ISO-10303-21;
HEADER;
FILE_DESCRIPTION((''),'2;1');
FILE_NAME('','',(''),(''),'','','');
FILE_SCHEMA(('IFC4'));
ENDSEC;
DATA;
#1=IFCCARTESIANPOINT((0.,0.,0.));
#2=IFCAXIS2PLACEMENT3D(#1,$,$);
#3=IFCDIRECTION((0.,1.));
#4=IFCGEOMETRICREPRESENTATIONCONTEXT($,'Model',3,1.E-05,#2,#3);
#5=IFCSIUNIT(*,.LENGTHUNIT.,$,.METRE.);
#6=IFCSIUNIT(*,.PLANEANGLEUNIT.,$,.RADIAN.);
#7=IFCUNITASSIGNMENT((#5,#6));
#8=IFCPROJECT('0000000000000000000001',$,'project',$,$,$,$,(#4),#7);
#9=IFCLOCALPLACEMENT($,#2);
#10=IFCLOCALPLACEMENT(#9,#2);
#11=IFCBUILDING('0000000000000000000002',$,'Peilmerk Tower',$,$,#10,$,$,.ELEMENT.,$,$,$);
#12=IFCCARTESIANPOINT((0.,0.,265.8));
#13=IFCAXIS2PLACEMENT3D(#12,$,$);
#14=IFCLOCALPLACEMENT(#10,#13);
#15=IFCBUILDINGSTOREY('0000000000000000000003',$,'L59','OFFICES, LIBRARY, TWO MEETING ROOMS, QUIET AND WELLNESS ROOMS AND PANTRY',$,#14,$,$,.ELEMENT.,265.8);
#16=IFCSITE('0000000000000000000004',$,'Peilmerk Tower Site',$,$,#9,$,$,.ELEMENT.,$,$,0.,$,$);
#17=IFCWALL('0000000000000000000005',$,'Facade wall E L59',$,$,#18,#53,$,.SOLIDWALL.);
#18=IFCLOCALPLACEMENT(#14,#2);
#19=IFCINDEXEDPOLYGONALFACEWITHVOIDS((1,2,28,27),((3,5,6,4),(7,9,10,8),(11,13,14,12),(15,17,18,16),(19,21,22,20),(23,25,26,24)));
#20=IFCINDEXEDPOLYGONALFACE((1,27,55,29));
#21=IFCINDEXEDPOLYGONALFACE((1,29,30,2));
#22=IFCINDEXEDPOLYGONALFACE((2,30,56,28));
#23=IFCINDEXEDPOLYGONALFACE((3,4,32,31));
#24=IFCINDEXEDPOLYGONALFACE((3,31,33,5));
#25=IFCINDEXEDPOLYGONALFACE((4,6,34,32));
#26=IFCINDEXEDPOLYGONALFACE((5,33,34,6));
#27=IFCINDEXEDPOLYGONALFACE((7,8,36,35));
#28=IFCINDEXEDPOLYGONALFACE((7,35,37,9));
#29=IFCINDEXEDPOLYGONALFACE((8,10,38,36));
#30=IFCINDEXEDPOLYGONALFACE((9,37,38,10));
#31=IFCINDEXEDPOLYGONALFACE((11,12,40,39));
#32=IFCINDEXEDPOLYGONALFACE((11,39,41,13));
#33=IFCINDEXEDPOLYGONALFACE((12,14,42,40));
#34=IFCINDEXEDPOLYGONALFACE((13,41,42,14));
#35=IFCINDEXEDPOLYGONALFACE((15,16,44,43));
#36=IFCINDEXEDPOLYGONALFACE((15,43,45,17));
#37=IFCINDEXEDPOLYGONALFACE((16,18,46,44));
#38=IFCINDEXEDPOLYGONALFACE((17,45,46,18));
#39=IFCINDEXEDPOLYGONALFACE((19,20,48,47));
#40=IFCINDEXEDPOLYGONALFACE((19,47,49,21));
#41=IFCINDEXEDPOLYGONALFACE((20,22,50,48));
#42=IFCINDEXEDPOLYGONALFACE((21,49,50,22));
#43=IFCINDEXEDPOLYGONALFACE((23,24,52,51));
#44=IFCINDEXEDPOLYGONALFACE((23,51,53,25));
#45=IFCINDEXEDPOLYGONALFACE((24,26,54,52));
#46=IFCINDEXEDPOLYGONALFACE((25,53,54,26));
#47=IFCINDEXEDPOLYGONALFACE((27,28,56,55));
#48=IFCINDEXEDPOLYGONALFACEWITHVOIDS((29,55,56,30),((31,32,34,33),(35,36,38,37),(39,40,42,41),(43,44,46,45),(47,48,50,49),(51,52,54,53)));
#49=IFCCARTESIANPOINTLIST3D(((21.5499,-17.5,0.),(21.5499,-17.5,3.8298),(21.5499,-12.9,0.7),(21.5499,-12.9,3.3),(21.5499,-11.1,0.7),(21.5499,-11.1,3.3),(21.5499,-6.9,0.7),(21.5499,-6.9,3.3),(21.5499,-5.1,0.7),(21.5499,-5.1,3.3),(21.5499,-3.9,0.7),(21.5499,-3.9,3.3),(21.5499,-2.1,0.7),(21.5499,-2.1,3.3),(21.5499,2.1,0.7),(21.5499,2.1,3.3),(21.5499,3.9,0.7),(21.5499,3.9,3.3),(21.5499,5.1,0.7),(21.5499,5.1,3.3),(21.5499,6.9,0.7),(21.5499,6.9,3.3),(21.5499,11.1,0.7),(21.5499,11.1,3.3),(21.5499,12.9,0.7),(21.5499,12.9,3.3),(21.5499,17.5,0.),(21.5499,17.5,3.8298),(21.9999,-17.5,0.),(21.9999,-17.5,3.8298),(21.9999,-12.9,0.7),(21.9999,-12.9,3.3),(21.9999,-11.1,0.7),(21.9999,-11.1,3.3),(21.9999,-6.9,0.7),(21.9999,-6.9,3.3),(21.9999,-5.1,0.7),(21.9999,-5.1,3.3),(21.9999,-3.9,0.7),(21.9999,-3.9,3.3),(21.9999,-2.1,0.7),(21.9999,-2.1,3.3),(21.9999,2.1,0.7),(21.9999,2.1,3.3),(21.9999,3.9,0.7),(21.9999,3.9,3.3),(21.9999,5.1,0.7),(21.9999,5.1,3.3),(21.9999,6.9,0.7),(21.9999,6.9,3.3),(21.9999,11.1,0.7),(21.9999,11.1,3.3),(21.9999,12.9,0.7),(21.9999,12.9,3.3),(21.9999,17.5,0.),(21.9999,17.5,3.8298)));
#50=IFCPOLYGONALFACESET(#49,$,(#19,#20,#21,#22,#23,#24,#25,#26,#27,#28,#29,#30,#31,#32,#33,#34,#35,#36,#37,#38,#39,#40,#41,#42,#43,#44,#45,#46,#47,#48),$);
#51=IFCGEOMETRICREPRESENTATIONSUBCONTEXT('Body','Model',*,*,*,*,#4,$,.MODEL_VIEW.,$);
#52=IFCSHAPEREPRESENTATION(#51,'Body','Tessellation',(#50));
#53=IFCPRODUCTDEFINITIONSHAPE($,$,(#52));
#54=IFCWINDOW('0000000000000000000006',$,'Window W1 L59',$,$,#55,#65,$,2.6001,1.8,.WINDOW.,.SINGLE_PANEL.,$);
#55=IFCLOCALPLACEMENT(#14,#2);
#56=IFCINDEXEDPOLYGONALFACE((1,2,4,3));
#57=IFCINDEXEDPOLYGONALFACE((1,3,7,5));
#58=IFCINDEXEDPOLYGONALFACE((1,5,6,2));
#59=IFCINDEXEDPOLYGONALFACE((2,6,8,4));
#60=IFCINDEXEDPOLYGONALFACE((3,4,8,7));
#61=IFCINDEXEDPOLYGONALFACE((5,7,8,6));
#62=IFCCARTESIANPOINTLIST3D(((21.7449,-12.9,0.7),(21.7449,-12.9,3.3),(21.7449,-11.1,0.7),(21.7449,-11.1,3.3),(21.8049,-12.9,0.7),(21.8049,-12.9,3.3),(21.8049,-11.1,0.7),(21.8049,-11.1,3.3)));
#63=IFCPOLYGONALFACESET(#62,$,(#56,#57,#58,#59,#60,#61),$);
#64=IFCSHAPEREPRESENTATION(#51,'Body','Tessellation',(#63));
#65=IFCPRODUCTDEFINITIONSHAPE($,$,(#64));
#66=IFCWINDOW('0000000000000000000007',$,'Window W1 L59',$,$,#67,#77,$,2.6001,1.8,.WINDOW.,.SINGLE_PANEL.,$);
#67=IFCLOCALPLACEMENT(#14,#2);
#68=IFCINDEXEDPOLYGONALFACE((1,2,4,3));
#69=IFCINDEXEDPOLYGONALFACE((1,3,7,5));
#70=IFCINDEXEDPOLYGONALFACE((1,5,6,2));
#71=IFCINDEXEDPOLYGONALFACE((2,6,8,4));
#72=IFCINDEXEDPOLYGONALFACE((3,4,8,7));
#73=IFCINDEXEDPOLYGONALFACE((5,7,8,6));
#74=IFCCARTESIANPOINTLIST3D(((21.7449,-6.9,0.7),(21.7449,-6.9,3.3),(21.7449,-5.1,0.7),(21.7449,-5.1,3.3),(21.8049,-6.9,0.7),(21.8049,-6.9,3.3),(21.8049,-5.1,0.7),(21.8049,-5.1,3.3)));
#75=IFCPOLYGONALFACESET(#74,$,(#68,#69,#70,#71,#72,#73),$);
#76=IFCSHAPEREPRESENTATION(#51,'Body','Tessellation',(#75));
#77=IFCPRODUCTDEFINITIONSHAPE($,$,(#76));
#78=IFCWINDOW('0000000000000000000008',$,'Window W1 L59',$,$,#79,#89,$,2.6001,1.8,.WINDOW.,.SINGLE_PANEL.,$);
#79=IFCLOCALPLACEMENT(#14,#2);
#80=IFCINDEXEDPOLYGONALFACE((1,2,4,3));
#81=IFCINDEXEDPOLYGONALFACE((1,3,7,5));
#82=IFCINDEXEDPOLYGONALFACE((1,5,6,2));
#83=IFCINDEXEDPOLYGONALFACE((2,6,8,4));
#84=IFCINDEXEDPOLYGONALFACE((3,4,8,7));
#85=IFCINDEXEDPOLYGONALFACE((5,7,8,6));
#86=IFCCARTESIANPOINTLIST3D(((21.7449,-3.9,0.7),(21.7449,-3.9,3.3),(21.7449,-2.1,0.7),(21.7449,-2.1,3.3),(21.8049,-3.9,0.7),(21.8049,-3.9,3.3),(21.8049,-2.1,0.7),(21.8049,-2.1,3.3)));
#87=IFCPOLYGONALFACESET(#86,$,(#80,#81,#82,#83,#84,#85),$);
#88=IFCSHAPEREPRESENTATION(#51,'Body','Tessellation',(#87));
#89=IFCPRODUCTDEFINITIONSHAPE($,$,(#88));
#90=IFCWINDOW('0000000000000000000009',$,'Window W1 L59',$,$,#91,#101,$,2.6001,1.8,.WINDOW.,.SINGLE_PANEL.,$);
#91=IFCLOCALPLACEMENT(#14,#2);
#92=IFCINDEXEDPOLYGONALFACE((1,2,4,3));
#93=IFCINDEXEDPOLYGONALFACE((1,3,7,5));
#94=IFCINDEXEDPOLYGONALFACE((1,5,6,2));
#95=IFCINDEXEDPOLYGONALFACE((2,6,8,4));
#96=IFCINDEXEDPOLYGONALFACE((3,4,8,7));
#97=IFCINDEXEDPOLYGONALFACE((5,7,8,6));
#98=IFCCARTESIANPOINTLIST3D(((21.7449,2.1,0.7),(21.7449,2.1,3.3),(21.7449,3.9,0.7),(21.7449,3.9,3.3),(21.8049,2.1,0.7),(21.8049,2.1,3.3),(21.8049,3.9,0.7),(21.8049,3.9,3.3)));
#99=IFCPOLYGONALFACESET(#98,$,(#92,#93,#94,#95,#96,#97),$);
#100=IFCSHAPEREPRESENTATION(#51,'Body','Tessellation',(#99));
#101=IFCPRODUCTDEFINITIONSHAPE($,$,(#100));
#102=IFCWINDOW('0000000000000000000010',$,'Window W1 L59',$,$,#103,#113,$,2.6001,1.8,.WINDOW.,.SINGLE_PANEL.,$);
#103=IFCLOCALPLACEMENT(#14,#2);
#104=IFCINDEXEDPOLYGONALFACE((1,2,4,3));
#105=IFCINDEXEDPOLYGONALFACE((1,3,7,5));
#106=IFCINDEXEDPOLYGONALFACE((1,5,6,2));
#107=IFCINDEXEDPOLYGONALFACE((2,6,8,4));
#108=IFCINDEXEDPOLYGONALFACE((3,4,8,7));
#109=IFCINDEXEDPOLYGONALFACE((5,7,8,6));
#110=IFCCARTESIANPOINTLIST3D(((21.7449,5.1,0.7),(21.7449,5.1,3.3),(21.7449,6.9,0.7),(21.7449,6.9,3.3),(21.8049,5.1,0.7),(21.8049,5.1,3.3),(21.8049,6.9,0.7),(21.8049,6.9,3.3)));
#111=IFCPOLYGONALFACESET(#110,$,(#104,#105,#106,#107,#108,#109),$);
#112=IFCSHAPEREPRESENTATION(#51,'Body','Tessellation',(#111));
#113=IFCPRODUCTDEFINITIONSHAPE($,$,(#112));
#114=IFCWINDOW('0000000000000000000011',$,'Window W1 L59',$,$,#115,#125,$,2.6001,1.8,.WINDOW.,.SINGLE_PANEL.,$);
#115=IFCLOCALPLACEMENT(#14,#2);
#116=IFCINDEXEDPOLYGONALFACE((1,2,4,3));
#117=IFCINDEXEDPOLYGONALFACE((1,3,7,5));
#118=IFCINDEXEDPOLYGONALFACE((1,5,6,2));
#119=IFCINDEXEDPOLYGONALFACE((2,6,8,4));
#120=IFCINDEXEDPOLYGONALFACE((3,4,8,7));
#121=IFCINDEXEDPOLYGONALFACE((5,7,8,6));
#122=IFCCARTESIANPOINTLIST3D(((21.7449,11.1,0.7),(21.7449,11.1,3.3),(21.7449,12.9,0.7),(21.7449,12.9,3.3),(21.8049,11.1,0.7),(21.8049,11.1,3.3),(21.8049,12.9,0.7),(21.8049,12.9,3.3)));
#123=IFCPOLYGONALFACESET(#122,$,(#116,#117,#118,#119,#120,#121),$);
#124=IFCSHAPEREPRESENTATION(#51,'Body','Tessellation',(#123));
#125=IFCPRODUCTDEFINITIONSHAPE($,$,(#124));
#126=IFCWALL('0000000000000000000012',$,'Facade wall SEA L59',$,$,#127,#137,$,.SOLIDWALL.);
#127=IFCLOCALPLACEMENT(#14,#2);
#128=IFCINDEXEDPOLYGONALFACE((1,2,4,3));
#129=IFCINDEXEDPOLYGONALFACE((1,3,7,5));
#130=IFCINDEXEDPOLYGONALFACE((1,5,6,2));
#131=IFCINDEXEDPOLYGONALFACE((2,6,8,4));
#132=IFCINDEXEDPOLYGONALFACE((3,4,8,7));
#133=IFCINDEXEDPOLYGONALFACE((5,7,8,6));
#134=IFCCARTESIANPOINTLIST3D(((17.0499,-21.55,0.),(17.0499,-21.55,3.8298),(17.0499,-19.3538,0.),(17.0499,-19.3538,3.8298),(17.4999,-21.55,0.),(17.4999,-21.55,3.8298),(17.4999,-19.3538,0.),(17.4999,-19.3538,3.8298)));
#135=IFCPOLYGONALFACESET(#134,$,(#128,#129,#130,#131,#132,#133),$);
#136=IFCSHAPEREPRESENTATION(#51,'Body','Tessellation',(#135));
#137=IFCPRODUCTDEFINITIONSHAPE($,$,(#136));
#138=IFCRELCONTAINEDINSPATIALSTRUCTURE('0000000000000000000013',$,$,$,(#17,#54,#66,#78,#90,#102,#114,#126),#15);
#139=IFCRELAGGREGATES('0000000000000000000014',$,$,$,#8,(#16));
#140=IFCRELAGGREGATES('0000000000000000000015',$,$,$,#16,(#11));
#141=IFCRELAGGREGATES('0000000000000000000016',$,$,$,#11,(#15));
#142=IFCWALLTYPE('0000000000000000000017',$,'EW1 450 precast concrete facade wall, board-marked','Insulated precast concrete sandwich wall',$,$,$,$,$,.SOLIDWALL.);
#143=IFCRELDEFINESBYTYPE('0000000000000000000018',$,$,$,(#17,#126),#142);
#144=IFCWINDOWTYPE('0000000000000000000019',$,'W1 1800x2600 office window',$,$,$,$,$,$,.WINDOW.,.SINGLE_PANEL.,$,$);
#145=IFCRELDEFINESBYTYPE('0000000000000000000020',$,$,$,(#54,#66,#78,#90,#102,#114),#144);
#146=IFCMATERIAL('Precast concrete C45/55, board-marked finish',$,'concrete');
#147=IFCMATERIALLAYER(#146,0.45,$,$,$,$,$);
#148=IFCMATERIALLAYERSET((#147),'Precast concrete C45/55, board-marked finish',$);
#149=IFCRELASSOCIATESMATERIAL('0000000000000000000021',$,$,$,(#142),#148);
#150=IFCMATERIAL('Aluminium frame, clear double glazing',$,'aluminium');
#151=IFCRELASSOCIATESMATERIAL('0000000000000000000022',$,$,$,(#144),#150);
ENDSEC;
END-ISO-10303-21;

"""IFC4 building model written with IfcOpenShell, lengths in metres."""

from ifc_helpers import new_model, si_unit, direction, frame, frame_2d, origin, place, context, subcontext, project, spatial, rectangle, extrude, material, layer, layer_set, type_object, element, fill, save


model = new_model("IFC4")

# Units and contexts
model_context = context("Model", 3, precision=1e-05, world=origin(), true_north=direction((0.0, 1.0)))
body_context = subcontext(model_context, "Body", "Model", "MODEL_VIEW")
ifc_project = project(units=[si_unit("LENGTHUNIT", "METRE"), si_unit("PLANEANGLEUNIT", "RADIAN")], contexts=[model_context])

# Site, building, storey
site_placement = place(None, origin())
site = spatial("IfcSite", under=ifc_project, at=site_placement, Name="Peilmerk Tower Site", CompositionType="ELEMENT", RefElevation=0.0)
building_placement = place(site_placement, origin())
building = spatial("IfcBuilding", under=site, at=building_placement, Name="Peilmerk Tower", CompositionType="ELEMENT")
storey_placement = place(building_placement, frame((0.0, 0.0, 265.8)))
storey = spatial("IfcBuildingStorey", under=building, at=storey_placement, Name="L59", Description="OFFICES, LIBRARY, TWO MEETING ROOMS, QUIET AND WELLNESS ROOMS AND PANTRY", CompositionType="ELEMENT", Elevation=265.8)

# Wall, openings, windows
ifc_material_1 = material(Name="Precast concrete C45/55, board-marked finish", Category="concrete")
ifc_layer_1 = layer(ifc_material_1, 0.45)
ifc_layer_set_1 = layer_set([ifc_layer_1], Name="Precast concrete C45/55, board-marked finish")
wall_type = type_object("IfcWallType", Name="EW1 450 precast concrete facade wall, board-marked", Description="Insulated precast concrete sandwich wall", PredefinedType="SOLIDWALL", material=ifc_layer_set_1)
wall_1_placement = place(storey_placement, frame((21.7749, -17.5, 0.0), z_axis=(0.0, 0.0, 1.0), x_axis=(0.0, 1.0, 0.0)))
wall_1 = element("IfcWall", 1, at=wall_1_placement, inside=storey, type_object=wall_type, Name="Facade wall E L59", PredefinedType="SOLIDWALL", context=body_context, shape_type="SweptSolid", body=[
    extrude(rectangle(XDim=35.0, YDim=0.45, at=frame_2d((17.5, 0.0))), origin(), (0.0, 0.0, 1.0), 3.8298),
])
opening_1_placement = place(wall_1_placement, frame((4.6001, 0.0, 0.7)))
opening_1 = element("IfcOpeningElement", 2, at=opening_1_placement, cuts=wall_1, PredefinedType="OPENING", context=body_context, shape_type="SweptSolid", body=[
    extrude(rectangle(XDim=1.8, YDim=2.6001, at=frame_2d((0.8999, 1.3))), frame((0.0, 0.2349, 0.0), z_axis=(0.0, -1.0, 0.0), x_axis=(1.0, 0.0, 0.0)), (0.0, 0.0, 1.0), 0.47),
])
opening_2_placement = place(wall_1_placement, frame((10.6001, 0.0, 0.7)))
opening_2 = element("IfcOpeningElement", 3, at=opening_2_placement, cuts=wall_1, PredefinedType="OPENING", context=body_context, shape_type="SweptSolid", body=[
    extrude(rectangle(XDim=1.8, YDim=2.6001, at=frame_2d((0.8999, 1.3))), frame((0.0, 0.2349, 0.0), z_axis=(0.0, -1.0, 0.0), x_axis=(1.0, 0.0, 0.0)), (0.0, 0.0, 1.0), 0.47),
])
opening_3_placement = place(wall_1_placement, frame((13.6001, 0.0, 0.7)))
opening_3 = element("IfcOpeningElement", 4, at=opening_3_placement, cuts=wall_1, PredefinedType="OPENING", context=body_context, shape_type="SweptSolid", body=[
    extrude(rectangle(XDim=1.8, YDim=2.6001, at=frame_2d((0.8999, 1.3))), frame((0.0, 0.2349, 0.0), z_axis=(0.0, -1.0, 0.0), x_axis=(1.0, 0.0, 0.0)), (0.0, 0.0, 1.0), 0.47),
])
opening_4_placement = place(wall_1_placement, frame((19.6001, 0.0, 0.7)))
opening_4 = element("IfcOpeningElement", 5, at=opening_4_placement, cuts=wall_1, PredefinedType="OPENING", context=body_context, shape_type="SweptSolid", body=[
    extrude(rectangle(XDim=1.8, YDim=2.6001, at=frame_2d((0.8999, 1.3))), frame((0.0, 0.2349, 0.0), z_axis=(0.0, -1.0, 0.0), x_axis=(1.0, 0.0, 0.0)), (0.0, 0.0, 1.0), 0.47),
])
opening_5_placement = place(wall_1_placement, frame((22.6001, 0.0, 0.7)))
opening_5 = element("IfcOpeningElement", 6, at=opening_5_placement, cuts=wall_1, PredefinedType="OPENING", context=body_context, shape_type="SweptSolid", body=[
    extrude(rectangle(XDim=1.8, YDim=2.6001, at=frame_2d((0.8999, 1.3))), frame((0.0, 0.2349, 0.0), z_axis=(0.0, -1.0, 0.0), x_axis=(1.0, 0.0, 0.0)), (0.0, 0.0, 1.0), 0.47),
])
opening_6_placement = place(wall_1_placement, frame((28.6001, 0.0, 0.7)))
opening_6 = element("IfcOpeningElement", 7, at=opening_6_placement, cuts=wall_1, PredefinedType="OPENING", context=body_context, shape_type="SweptSolid", body=[
    extrude(rectangle(XDim=1.8, YDim=2.6001, at=frame_2d((0.8999, 1.3))), frame((0.0, 0.2349, 0.0), z_axis=(0.0, -1.0, 0.0), x_axis=(1.0, 0.0, 0.0)), (0.0, 0.0, 1.0), 0.47),
])
ifc_material_2 = material(Name="Aluminium frame, clear double glazing", Category="aluminium")
window_type = type_object("IfcWindowType", Name="W1 1800x2600 office window", PartitioningType="SINGLE_PANEL", PredefinedType="WINDOW", material=ifc_material_2)
window_1_placement = place(opening_1_placement, origin())
window_1 = element("IfcWindow", 8, at=window_1_placement, inside=storey, type_object=window_type, Name="Window W1 L59", OverallHeight=2.6001, OverallWidth=1.8, PartitioningType="SINGLE_PANEL", PredefinedType="WINDOW", context=body_context, shape_type="SweptSolid", body=[
    extrude(rectangle(XDim=1.8, YDim=2.6001, at=frame_2d((0.8999, 1.3))), frame((0.0, 0.03, 0.0), z_axis=(0.0, -1.0, 0.0), x_axis=(1.0, 0.0, 0.0)), (0.0, 0.0, 1.0), 0.0601),
])
fill(opening_1, window_1)
window_2_placement = place(opening_2_placement, origin())
window_2 = element("IfcWindow", 9, at=window_2_placement, inside=storey, type_object=window_type, Name="Window W1 L59", OverallHeight=2.6001, OverallWidth=1.8, PartitioningType="SINGLE_PANEL", PredefinedType="WINDOW", context=body_context, shape_type="SweptSolid", body=[
    extrude(rectangle(XDim=1.8, YDim=2.6001, at=frame_2d((0.8999, 1.3))), frame((0.0, 0.03, 0.0), z_axis=(0.0, -1.0, 0.0), x_axis=(1.0, 0.0, 0.0)), (0.0, 0.0, 1.0), 0.0601),
])
fill(opening_2, window_2)
window_3_placement = place(opening_3_placement, origin())
window_3 = element("IfcWindow", 10, at=window_3_placement, inside=storey, type_object=window_type, Name="Window W1 L59", OverallHeight=2.6001, OverallWidth=1.8, PartitioningType="SINGLE_PANEL", PredefinedType="WINDOW", context=body_context, shape_type="SweptSolid", body=[
    extrude(rectangle(XDim=1.8, YDim=2.6001, at=frame_2d((0.8999, 1.3))), frame((0.0, 0.03, 0.0), z_axis=(0.0, -1.0, 0.0), x_axis=(1.0, 0.0, 0.0)), (0.0, 0.0, 1.0), 0.0601),
])
fill(opening_3, window_3)
window_4_placement = place(opening_4_placement, origin())
window_4 = element("IfcWindow", 11, at=window_4_placement, inside=storey, type_object=window_type, Name="Window W1 L59", OverallHeight=2.6001, OverallWidth=1.8, PartitioningType="SINGLE_PANEL", PredefinedType="WINDOW", context=body_context, shape_type="SweptSolid", body=[
    extrude(rectangle(XDim=1.8, YDim=2.6001, at=frame_2d((0.8999, 1.3))), frame((0.0, 0.03, 0.0), z_axis=(0.0, -1.0, 0.0), x_axis=(1.0, 0.0, 0.0)), (0.0, 0.0, 1.0), 0.0601),
])
fill(opening_4, window_4)
window_5_placement = place(opening_5_placement, origin())
window_5 = element("IfcWindow", 12, at=window_5_placement, inside=storey, type_object=window_type, Name="Window W1 L59", OverallHeight=2.6001, OverallWidth=1.8, PartitioningType="SINGLE_PANEL", PredefinedType="WINDOW", context=body_context, shape_type="SweptSolid", body=[
    extrude(rectangle(XDim=1.8, YDim=2.6001, at=frame_2d((0.8999, 1.3))), frame((0.0, 0.03, 0.0), z_axis=(0.0, -1.0, 0.0), x_axis=(1.0, 0.0, 0.0)), (0.0, 0.0, 1.0), 0.0601),
])
fill(opening_5, window_5)
window_6_placement = place(opening_6_placement, origin())
window_6 = element("IfcWindow", 13, at=window_6_placement, inside=storey, type_object=window_type, Name="Window W1 L59", OverallHeight=2.6001, OverallWidth=1.8, PartitioningType="SINGLE_PANEL", PredefinedType="WINDOW", context=body_context, shape_type="SweptSolid", body=[
    extrude(rectangle(XDim=1.8, YDim=2.6001, at=frame_2d((0.8999, 1.3))), frame((0.0, 0.03, 0.0), z_axis=(0.0, -1.0, 0.0), x_axis=(1.0, 0.0, 0.0)), (0.0, 0.0, 1.0), 0.0601),
])
fill(opening_6, window_6)

# Wall
wall_2_placement = place(storey_placement, frame((17.2749, -19.3538, 0.0), z_axis=(0.0, 0.0, 1.0), x_axis=(0.0, -1.0, 0.0)))
element("IfcWall", 14, at=wall_2_placement, inside=storey, type_object=wall_type, Name="Facade wall SEA L59", PredefinedType="SOLIDWALL", context=body_context, shape_type="SweptSolid", body=[
    extrude(rectangle(XDim=2.1963, YDim=0.45, at=frame_2d((1.0981, 0.0))), origin(), (0.0, 0.0, 1.0), 3.8298),
])

save(model, "model.ifc")
